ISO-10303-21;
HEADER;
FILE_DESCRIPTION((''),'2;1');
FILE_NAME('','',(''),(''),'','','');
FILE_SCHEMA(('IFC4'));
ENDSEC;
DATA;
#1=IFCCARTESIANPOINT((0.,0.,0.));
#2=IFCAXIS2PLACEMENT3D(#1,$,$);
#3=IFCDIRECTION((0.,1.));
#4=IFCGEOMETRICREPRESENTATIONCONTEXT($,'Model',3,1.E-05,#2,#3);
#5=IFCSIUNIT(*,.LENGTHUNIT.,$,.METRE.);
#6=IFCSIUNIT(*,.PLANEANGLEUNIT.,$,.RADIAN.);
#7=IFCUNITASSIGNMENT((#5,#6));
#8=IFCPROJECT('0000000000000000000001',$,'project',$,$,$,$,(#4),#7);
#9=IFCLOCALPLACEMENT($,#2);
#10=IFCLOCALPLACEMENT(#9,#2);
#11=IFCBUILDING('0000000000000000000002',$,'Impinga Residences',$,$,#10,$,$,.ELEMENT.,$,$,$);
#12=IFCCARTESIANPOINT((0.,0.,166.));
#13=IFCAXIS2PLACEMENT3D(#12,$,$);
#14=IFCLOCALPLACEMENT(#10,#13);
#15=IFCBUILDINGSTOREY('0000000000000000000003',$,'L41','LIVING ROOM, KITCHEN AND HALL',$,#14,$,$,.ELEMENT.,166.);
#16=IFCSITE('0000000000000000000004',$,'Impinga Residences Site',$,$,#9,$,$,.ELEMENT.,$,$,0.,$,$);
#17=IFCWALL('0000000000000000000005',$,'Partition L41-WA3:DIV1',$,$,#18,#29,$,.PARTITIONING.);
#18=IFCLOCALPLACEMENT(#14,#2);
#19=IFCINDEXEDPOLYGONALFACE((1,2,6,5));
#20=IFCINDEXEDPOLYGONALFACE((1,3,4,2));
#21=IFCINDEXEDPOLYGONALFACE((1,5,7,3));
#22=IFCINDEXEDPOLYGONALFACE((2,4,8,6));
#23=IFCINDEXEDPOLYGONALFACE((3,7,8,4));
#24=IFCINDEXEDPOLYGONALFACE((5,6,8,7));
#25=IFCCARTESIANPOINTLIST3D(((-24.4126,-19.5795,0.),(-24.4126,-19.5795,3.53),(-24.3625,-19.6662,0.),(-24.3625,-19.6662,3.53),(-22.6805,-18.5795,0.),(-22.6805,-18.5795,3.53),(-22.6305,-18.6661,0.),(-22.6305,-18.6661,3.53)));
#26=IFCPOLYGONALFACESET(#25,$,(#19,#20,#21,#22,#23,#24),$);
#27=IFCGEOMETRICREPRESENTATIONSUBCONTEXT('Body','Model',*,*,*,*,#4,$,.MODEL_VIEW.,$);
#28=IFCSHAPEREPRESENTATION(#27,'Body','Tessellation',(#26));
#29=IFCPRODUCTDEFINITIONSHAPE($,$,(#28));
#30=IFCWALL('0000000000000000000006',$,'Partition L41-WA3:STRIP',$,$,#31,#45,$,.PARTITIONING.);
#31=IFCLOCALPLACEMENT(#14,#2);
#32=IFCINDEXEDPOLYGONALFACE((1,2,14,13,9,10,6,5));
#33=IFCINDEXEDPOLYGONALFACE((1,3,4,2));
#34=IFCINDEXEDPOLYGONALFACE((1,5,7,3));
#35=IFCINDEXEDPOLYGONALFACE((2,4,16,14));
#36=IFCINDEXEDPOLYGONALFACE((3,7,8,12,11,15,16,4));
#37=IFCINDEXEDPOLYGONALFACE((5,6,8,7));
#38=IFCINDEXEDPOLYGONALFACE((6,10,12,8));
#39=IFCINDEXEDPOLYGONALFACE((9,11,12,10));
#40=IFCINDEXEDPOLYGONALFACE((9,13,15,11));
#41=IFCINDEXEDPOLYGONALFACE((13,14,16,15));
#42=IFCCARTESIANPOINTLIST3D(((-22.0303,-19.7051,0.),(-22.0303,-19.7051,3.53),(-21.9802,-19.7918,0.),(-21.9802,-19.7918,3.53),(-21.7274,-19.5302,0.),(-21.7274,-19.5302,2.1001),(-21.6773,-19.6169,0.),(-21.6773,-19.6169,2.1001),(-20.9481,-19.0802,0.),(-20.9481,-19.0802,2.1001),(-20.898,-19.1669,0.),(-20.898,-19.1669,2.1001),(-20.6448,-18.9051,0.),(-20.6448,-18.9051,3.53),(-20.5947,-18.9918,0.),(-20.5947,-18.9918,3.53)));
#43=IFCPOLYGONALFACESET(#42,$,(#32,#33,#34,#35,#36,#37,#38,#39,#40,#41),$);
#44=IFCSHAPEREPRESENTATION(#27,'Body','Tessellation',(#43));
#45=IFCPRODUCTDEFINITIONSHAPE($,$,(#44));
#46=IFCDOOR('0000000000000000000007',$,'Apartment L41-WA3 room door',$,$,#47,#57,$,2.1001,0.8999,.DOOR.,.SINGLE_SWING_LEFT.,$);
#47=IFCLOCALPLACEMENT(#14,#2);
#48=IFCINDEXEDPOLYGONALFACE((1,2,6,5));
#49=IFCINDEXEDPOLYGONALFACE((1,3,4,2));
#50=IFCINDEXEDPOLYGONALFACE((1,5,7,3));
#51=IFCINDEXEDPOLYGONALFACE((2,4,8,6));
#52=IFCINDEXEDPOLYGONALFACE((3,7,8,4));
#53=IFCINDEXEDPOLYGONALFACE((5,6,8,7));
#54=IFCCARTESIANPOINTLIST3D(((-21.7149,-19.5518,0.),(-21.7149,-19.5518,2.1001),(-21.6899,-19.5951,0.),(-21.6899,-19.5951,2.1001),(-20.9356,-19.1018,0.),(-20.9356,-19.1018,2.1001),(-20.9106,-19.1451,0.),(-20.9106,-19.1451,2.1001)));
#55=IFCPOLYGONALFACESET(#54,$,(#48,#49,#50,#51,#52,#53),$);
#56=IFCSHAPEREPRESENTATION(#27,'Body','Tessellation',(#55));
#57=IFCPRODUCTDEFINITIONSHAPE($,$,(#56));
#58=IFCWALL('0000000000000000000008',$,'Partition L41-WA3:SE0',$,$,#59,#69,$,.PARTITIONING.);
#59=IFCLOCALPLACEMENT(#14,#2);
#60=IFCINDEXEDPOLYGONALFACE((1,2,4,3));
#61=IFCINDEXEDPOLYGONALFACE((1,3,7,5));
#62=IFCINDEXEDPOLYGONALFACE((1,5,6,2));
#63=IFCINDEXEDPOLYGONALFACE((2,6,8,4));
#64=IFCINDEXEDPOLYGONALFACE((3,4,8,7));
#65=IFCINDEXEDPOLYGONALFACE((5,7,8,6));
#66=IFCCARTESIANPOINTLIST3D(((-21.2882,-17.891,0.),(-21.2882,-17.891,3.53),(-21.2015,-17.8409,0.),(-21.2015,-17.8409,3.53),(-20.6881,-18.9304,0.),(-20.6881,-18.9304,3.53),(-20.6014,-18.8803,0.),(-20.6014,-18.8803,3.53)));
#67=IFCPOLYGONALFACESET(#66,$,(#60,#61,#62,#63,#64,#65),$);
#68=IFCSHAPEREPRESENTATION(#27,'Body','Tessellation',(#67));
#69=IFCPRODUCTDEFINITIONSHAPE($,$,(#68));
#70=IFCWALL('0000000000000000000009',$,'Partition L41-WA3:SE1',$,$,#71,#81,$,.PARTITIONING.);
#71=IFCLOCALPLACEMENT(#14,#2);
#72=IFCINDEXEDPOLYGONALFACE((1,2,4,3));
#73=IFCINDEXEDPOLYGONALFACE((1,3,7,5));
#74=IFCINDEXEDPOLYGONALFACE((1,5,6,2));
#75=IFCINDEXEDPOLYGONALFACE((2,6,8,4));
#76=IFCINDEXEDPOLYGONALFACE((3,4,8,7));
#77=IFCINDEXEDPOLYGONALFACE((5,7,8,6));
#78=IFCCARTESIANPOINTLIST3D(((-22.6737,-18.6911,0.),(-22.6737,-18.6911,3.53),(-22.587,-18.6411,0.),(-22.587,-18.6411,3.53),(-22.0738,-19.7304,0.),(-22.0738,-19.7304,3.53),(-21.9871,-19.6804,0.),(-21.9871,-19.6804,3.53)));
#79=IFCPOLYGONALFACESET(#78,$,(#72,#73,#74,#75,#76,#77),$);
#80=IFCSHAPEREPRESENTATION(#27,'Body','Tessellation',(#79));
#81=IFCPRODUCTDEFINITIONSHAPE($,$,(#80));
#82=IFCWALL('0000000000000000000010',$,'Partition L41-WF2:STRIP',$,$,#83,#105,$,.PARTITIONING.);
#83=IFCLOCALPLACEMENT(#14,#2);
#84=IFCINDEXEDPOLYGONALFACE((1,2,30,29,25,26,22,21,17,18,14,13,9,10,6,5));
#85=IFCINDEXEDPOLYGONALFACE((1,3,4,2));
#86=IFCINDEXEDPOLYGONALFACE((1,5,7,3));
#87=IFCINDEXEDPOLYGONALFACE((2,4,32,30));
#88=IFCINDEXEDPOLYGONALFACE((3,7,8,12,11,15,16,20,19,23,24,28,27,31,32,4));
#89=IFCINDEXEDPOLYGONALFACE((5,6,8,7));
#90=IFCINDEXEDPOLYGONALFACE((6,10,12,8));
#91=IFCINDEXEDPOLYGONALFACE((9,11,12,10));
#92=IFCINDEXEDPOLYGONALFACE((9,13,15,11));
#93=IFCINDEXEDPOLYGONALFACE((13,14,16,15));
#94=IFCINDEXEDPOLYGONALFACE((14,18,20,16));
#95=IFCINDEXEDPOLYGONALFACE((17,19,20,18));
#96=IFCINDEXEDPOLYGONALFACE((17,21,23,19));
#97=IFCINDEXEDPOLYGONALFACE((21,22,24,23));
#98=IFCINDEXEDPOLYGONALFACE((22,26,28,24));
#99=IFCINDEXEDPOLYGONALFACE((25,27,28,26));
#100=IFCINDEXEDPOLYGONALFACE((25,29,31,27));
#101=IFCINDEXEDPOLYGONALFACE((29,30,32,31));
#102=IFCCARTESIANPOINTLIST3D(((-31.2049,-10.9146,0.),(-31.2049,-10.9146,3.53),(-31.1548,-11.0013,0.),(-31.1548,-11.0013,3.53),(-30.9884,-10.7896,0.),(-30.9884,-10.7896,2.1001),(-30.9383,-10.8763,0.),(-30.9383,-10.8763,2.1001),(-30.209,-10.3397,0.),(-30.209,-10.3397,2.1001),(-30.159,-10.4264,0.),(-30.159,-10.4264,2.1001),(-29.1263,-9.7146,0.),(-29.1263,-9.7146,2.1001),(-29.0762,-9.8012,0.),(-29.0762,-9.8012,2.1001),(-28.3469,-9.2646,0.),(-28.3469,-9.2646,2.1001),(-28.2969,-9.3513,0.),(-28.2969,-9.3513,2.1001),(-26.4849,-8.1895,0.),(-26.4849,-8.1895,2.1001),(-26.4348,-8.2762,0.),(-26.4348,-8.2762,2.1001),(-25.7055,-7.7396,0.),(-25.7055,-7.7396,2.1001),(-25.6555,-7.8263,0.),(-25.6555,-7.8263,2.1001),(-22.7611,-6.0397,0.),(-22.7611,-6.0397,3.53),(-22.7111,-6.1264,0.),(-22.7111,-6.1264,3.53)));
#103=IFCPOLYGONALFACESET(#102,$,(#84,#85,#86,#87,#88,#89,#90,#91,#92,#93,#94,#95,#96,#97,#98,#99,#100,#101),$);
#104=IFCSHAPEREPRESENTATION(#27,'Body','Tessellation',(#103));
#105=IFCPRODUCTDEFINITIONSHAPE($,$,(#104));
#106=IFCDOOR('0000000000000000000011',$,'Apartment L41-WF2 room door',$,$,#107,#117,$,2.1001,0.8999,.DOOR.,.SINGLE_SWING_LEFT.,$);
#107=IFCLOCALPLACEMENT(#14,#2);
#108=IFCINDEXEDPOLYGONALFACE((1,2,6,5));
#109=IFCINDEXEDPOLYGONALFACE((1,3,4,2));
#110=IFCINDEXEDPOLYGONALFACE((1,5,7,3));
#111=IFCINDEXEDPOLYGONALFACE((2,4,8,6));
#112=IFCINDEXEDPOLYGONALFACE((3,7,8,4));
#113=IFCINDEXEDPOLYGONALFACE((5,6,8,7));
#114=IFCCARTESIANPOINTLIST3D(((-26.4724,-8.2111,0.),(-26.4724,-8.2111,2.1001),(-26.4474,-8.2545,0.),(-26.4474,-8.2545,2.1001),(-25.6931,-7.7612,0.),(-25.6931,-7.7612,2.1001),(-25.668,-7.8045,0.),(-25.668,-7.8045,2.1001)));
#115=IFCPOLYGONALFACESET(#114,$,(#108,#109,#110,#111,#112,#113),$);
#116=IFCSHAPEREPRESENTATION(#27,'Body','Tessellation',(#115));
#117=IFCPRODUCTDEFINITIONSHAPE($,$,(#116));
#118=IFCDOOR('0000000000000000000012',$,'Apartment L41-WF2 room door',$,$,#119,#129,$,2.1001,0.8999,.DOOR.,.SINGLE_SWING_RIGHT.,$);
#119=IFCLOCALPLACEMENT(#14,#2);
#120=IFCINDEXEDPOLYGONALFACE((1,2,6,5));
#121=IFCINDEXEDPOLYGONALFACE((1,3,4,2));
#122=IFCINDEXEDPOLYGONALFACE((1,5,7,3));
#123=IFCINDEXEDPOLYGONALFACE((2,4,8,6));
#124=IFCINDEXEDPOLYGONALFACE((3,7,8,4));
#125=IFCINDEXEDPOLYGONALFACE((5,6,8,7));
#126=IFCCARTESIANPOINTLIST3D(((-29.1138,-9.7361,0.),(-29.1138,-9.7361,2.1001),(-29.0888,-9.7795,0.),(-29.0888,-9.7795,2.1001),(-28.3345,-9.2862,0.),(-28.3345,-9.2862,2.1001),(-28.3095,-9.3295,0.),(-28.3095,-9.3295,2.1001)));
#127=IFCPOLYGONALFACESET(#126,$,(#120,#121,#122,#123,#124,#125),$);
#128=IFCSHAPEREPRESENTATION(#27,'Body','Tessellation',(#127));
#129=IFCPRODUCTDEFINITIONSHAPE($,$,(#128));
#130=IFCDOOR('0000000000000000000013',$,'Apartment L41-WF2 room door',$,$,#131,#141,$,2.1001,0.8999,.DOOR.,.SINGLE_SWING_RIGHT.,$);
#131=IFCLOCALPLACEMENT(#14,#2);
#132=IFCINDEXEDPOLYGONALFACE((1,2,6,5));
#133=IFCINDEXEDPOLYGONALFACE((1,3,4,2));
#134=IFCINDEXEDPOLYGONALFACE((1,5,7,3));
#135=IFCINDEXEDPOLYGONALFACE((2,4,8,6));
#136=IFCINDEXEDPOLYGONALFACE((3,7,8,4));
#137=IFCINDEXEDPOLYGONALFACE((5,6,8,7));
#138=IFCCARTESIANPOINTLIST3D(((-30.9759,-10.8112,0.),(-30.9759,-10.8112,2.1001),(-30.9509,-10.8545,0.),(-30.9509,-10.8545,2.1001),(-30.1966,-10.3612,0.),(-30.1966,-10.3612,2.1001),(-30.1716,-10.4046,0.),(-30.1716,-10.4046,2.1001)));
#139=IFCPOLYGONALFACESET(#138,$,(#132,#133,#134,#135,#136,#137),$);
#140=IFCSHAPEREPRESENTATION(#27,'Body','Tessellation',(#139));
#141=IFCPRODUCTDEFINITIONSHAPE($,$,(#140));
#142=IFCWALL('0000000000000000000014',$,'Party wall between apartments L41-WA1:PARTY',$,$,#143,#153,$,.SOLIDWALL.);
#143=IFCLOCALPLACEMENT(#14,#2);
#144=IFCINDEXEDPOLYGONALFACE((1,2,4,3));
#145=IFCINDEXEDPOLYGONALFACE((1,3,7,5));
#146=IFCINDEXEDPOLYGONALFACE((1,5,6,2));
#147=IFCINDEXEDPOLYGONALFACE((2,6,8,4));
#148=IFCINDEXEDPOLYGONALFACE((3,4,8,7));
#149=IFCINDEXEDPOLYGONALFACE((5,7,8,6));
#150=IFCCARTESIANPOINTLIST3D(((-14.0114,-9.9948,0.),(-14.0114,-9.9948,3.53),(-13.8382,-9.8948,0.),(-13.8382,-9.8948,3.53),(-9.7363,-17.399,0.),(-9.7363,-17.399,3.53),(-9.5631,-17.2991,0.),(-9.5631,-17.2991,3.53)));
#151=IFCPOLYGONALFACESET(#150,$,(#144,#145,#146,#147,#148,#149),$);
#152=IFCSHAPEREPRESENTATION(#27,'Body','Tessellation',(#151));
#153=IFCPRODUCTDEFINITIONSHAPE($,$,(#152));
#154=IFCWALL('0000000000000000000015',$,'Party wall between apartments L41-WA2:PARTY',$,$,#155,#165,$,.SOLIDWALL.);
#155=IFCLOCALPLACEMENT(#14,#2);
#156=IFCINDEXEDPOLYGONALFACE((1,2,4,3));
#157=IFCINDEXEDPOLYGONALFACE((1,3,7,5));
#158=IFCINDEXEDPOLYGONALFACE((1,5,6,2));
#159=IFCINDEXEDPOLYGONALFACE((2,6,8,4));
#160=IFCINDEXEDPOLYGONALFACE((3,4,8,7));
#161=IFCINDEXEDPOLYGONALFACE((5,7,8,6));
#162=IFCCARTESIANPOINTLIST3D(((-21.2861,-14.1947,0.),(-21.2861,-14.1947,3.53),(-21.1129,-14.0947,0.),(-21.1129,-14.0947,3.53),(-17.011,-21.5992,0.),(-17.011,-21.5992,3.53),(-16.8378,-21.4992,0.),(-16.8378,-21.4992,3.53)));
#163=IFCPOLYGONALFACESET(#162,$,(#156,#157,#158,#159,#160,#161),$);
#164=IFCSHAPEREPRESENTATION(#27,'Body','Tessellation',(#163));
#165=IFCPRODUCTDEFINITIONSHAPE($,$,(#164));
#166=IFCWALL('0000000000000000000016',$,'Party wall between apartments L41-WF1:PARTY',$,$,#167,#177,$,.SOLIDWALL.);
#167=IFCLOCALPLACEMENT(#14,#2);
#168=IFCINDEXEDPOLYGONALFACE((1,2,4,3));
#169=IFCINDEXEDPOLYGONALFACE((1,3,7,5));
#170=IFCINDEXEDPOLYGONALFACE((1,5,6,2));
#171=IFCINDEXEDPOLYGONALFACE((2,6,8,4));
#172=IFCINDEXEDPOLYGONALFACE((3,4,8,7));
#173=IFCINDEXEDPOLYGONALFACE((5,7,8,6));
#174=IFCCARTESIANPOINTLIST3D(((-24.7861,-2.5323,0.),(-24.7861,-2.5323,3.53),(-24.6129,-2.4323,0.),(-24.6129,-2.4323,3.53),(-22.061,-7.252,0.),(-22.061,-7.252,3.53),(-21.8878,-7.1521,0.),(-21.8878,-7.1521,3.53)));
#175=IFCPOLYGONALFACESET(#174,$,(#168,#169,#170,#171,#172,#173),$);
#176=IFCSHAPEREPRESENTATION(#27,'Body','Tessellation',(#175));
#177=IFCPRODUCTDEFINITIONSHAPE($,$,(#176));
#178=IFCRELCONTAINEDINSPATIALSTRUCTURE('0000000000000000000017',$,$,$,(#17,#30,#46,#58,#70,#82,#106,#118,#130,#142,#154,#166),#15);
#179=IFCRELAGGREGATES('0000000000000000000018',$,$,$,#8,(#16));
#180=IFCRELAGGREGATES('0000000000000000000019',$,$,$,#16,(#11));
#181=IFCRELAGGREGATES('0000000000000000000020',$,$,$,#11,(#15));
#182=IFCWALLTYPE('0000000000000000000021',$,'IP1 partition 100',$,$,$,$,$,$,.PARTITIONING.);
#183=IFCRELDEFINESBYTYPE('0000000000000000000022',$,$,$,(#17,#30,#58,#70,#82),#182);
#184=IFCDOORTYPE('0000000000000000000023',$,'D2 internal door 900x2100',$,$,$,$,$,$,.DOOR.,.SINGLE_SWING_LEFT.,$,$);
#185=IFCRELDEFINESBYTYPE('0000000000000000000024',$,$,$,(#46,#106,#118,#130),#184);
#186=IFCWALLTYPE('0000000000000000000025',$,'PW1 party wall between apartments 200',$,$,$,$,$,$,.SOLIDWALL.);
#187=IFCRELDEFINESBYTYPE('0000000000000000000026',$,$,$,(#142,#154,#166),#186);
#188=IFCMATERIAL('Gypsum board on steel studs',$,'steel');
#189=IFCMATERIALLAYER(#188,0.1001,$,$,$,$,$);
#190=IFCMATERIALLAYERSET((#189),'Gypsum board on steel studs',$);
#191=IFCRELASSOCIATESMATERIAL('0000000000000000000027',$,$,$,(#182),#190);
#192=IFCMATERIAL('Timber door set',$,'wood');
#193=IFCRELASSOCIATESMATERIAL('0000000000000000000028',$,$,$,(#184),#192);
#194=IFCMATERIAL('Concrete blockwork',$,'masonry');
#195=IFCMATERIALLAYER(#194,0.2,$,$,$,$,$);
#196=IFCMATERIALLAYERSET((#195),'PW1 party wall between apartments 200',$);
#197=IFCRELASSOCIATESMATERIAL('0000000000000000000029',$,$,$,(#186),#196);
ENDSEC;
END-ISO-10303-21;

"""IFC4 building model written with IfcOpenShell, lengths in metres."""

from ifc_helpers import new_model, si_unit, direction, frame, frame_2d, origin, place, context, subcontext, project, spatial, rectangle, extrude, material, layer, layer_set, type_object, element, fill, save


model = new_model("IFC4")

# Units and contexts
model_context = context("Model", 3, precision=1e-05, world=origin(), true_north=direction((0.0, 1.0)))
body_context = subcontext(model_context, "Body", "Model", "MODEL_VIEW")
ifc_project = project(units=[si_unit("LENGTHUNIT", "METRE"), si_unit("PLANEANGLEUNIT", "RADIAN")], contexts=[model_context])

# Site, building, storey
site_placement = place(None, origin())
site = spatial("IfcSite", under=ifc_project, at=site_placement, Name="Impinga Residences Site", CompositionType="ELEMENT", RefElevation=0.0)
building_placement = place(site_placement, origin())
building = spatial("IfcBuilding", under=site, at=building_placement, Name="Impinga Residences", CompositionType="ELEMENT")
storey_placement = place(building_placement, frame((0.0, 0.0, 166.0)))
storey = spatial("IfcBuildingStorey", under=building, at=storey_placement, Name="L41", Description="LIVING ROOM, KITCHEN AND HALL", CompositionType="ELEMENT", Elevation=166.0)

# Shared definitions
ifc_material_1 = material(Name="Concrete blockwork", Category="masonry")
ifc_material_2 = material(Name="Timber door set", Category="wood")

# Shared definitions
ifc_material_3 = material(Name="Gypsum board on steel studs", Category="steel")
ifc_layer_1 = layer(ifc_material_3, 0.1001)
ifc_layer_set_1 = layer_set([ifc_layer_1], Name="Gypsum board on steel studs")
wall_type_1 = type_object("IfcWallType", Name="IP1 partition 100", PredefinedType="PARTITIONING", material=ifc_layer_set_1)

# Shared definitions
door_type_1 = type_object("IfcDoorType", Name="D2 internal door 900x2100", OperationType="SINGLE_SWING_LEFT", PredefinedType="DOOR", material=ifc_material_2)

# Wall
wall_1_placement = place(storey_placement, frame((-22.6555, -18.6228, 0.0), z_axis=(0.0, 0.0, 1.0), x_axis=(-0.866011, -0.500025, 0.0)))
element("IfcWall", 1, at=wall_1_placement, inside=storey, type_object=wall_type_1, Name="Partition L41-WA3:DIV1", PredefinedType="PARTITIONING", context=body_context, shape_type="SweptSolid", body=[
    extrude(rectangle(XDim=2.0, YDim=0.1001, at=frame_2d((1.0, 0.0))), origin(), (0.0, 0.0, 1.0), 3.53),
])

# Wall, opening, door
wall_2_placement = place(storey_placement, frame((-20.6199, -18.9485, 0.0), z_axis=(0.0, 0.0, 1.0), x_axis=(-0.86599, -0.500061, 0.0)))
wall_2 = element("IfcWall", 2, at=wall_2_placement, inside=storey, type_object=wall_type_1, Name="Partition L41-WA3:STRIP", PredefinedType="PARTITIONING", context=body_context, shape_type="SweptSolid", body=[
    extrude(rectangle(XDim=1.5999, YDim=0.1001, at=frame_2d((0.7998, 0.0))), origin(), (0.0, 0.0, 1.0), 3.53),
])
opening_1_placement = place(wall_2_placement, frame((0.3501, 0.0, 0.0)))
opening_1 = element("IfcOpeningElement", 3, at=opening_1_placement, cuts=wall_2, PredefinedType="OPENING", context=body_context, shape_type="SweptSolid", body=[
    extrude(rectangle(XDim=0.8999, YDim=2.1001, at=frame_2d((0.45, 1.05))), frame((0.0, 0.0601, 0.0), z_axis=(0.0, -1.0, 0.0), x_axis=(1.0, 0.0, 0.0)), (0.0, 0.0, 1.0), 0.1201),
])
door_1_placement = place(opening_1_placement, origin())
door_1 = element("IfcDoor", 4, at=door_1_placement, inside=storey, type_object=door_type_1, Name="Apartment L41-WA3 room door", OperationType="SINGLE_SWING_LEFT", OverallHeight=2.1001, OverallWidth=0.8999, PredefinedType="DOOR", context=body_context, shape_type="SweptSolid", body=[
    extrude(rectangle(XDim=0.8999, YDim=2.1001, at=frame_2d((0.45, 1.05))), frame((0.0, 0.0249, 0.0), z_axis=(0.0, -1.0, 0.0), x_axis=(1.0, 0.0, 0.0)), (0.0, 0.0, 1.0), 0.05),
])
fill(opening_1, door_1)

# Walls
wall_3_placement = place(storey_placement, frame((-21.2449, -17.866, 0.0), z_axis=(0.0, 0.0, 1.0), x_axis=(0.500034, -0.866006, 0.0)))
element("IfcWall", 5, at=wall_3_placement, inside=storey, type_object=wall_type_1, Name="Partition L41-WA3:SE0", PredefinedType="PARTITIONING", context=body_context, shape_type="SweptSolid", body=[
    extrude(rectangle(XDim=1.2002, YDim=0.1001, at=frame_2d((0.6001, 0.0))), origin(), (0.0, 0.0, 1.0), 3.53),
])
wall_4_placement = place(storey_placement, frame((-22.6304, -18.666, 0.0), z_axis=(0.0, 0.0, 1.0), x_axis=(0.499881, -0.866094, 0.0)))
element("IfcWall", 6, at=wall_4_placement, inside=storey, type_object=wall_type_1, Name="Partition L41-WA3:SE1", PredefinedType="PARTITIONING", context=body_context, shape_type="SweptSolid", body=[
    extrude(rectangle(XDim=1.2, YDim=0.1001, at=frame_2d((0.6001, 0.0))), origin(), (0.0, 0.0, 1.0), 3.53),
])

# Wall, openings, doors
wall_5_placement = place(storey_placement, frame((-22.7361, -6.083, 0.0), z_axis=(0.0, 0.0, 1.0), x_axis=(-0.866028, -0.499996, 0.0)))
wall_5 = element("IfcWall", 7, at=wall_5_placement, inside=storey, type_object=wall_type_1, Name="Partition L41-WF2:STRIP", PredefinedType="PARTITIONING", context=body_context, shape_type="SweptSolid", body=[
    extrude(rectangle(XDim=9.75, YDim=0.1001, at=frame_2d((4.875, 0.0))), origin(), (0.0, 0.0, 1.0), 3.53),
])
opening_2_placement = place(wall_5_placement, frame((3.3999, 0.0, 0.0)))
opening_2 = element("IfcOpeningElement", 8, at=opening_2_placement, cuts=wall_5, PredefinedType="OPENING", context=body_context, shape_type="SweptSolid", body=[
    extrude(rectangle(XDim=0.8999, YDim=2.1001, at=frame_2d((0.45, 1.05))), frame((0.0, 0.0601, 0.0), z_axis=(0.0, -1.0, 0.0), x_axis=(1.0, 0.0, 0.0)), (0.0, 0.0, 1.0), 0.1201),
])
opening_3_placement = place(wall_5_placement, frame((6.45, 0.0, 0.0)))
opening_3 = element("IfcOpeningElement", 9, at=opening_3_placement, cuts=wall_5, PredefinedType="OPENING", context=body_context, shape_type="SweptSolid", body=[
    extrude(rectangle(XDim=0.8999, YDim=2.1001, at=frame_2d((0.45, 1.05))), frame((0.0, 0.0601, 0.0), z_axis=(0.0, -1.0, 0.0), x_axis=(1.0, 0.0, 0.0)), (0.0, 0.0, 1.0), 0.1201),
])
opening_4_placement = place(wall_5_placement, frame((8.6001, 0.0, 0.0)))
opening_4 = element("IfcOpeningElement", 10, at=opening_4_placement, cuts=wall_5, PredefinedType="OPENING", context=body_context, shape_type="SweptSolid", body=[
    extrude(rectangle(XDim=0.8999, YDim=2.1001, at=frame_2d((0.45, 1.05))), frame((0.0, 0.0601, 0.0), z_axis=(0.0, -1.0, 0.0), x_axis=(1.0, 0.0, 0.0)), (0.0, 0.0, 1.0), 0.1201),
])
door_2_placement = place(opening_2_placement, origin())
door_2 = element("IfcDoor", 11, at=door_2_placement, inside=storey, type_object=door_type_1, Name="Apartment L41-WF2 room door", OperationType="SINGLE_SWING_LEFT", OverallHeight=2.1001, OverallWidth=0.8999, PredefinedType="DOOR", context=body_context, shape_type="SweptSolid", body=[
    extrude(rectangle(XDim=0.8999, YDim=2.1001, at=frame_2d((0.45, 1.05))), frame((0.0, 0.0249, 0.0), z_axis=(0.0, -1.0, 0.0), x_axis=(1.0, 0.0, 0.0)), (0.0, 0.0, 1.0), 0.05),
])
fill(opening_2, door_2)
door_3_placement = place(opening_3_placement, origin())
door_3 = element("IfcDoor", 12, at=door_3_placement, inside=storey, type_object=door_type_1, Name="Apartment L41-WF2 room door", OperationType="SINGLE_SWING_RIGHT", OverallHeight=2.1001, OverallWidth=0.8999, PredefinedType="DOOR", context=body_context, shape_type="SweptSolid", body=[
    extrude(rectangle(XDim=0.8999, YDim=2.1001, at=frame_2d((0.45, 1.05))), frame((0.0, 0.0249, 0.0), z_axis=(0.0, -1.0, 0.0), x_axis=(1.0, 0.0, 0.0)), (0.0, 0.0, 1.0), 0.05),
])
fill(opening_3, door_3)
door_4_placement = place(opening_4_placement, origin())
door_4 = element("IfcDoor", 13, at=door_4_placement, inside=storey, type_object=door_type_1, Name="Apartment L41-WF2 room door", OperationType="SINGLE_SWING_RIGHT", OverallHeight=2.1001, OverallWidth=0.8999, PredefinedType="DOOR", context=body_context, shape_type="SweptSolid", body=[
    extrude(rectangle(XDim=0.8999, YDim=2.1001, at=frame_2d((0.45, 1.05))), frame((0.0, 0.0249, 0.0), z_axis=(0.0, -1.0, 0.0), x_axis=(1.0, 0.0, 0.0)), (0.0, 0.0, 1.0), 0.05),
])
fill(opening_4, door_4)

# Walls
ifc_layer_2 = layer(ifc_material_1, 0.2)
ifc_layer_set_2 = layer_set([ifc_layer_2], Name="PW1 party wall between apartments 200")
wall_type_2 = type_object("IfcWallType", Name="PW1 party wall between apartments 200", PredefinedType="SOLIDWALL", material=ifc_layer_set_2)
wall_6_placement = place(storey_placement, frame((-13.9248, -9.9448, 0.0), z_axis=(0.0, 0.0, 1.0), x_axis=(0.500024, -0.866012, 0.0)))
element("IfcWall", 14, at=wall_6_placement, inside=storey, type_object=wall_type_2, Name="Party wall between apartments L41-WA1:PARTY", PredefinedType="SOLIDWALL", context=body_context, shape_type="SweptSolid", body=[
    extrude(rectangle(XDim=8.5498, YDim=0.2, at=frame_2d((4.2749, 0.0))), origin(), (0.0, 0.0, 1.0), 3.53),
])
wall_7_placement = place(storey_placement, frame((-21.1995, -14.1448, 0.0), z_axis=(0.0, 0.0, 1.0), x_axis=(0.500012, -0.866019, 0.0)))
element("IfcWall", 15, at=wall_7_placement, inside=storey, type_object=wall_type_2, Name="Party wall between apartments L41-WA2:PARTY", PredefinedType="SOLIDWALL", context=body_context, shape_type="SweptSolid", body=[
    extrude(rectangle(XDim=8.55, YDim=0.2, at=frame_2d((4.2749, 0.0))), origin(), (0.0, 0.0, 1.0), 3.53),
])
wall_8_placement = place(storey_placement, frame((-21.9744, -7.2021, 0.0), z_axis=(0.0, 0.0, 1.0), x_axis=(-0.500022, 0.866013, 0.0)))
element("IfcWall", 16, at=wall_8_placement, inside=storey, type_object=wall_type_2, Name="Party wall between apartments L41-WF1:PARTY", PredefinedType="SOLIDWALL", context=body_context, shape_type="SweptSolid", body=[
    extrude(rectangle(XDim=5.45, YDim=0.2, at=frame_2d((2.7251, 0.0))), origin(), (0.0, 0.0, 1.0), 3.53),
])

save(model, "model.ifc")
